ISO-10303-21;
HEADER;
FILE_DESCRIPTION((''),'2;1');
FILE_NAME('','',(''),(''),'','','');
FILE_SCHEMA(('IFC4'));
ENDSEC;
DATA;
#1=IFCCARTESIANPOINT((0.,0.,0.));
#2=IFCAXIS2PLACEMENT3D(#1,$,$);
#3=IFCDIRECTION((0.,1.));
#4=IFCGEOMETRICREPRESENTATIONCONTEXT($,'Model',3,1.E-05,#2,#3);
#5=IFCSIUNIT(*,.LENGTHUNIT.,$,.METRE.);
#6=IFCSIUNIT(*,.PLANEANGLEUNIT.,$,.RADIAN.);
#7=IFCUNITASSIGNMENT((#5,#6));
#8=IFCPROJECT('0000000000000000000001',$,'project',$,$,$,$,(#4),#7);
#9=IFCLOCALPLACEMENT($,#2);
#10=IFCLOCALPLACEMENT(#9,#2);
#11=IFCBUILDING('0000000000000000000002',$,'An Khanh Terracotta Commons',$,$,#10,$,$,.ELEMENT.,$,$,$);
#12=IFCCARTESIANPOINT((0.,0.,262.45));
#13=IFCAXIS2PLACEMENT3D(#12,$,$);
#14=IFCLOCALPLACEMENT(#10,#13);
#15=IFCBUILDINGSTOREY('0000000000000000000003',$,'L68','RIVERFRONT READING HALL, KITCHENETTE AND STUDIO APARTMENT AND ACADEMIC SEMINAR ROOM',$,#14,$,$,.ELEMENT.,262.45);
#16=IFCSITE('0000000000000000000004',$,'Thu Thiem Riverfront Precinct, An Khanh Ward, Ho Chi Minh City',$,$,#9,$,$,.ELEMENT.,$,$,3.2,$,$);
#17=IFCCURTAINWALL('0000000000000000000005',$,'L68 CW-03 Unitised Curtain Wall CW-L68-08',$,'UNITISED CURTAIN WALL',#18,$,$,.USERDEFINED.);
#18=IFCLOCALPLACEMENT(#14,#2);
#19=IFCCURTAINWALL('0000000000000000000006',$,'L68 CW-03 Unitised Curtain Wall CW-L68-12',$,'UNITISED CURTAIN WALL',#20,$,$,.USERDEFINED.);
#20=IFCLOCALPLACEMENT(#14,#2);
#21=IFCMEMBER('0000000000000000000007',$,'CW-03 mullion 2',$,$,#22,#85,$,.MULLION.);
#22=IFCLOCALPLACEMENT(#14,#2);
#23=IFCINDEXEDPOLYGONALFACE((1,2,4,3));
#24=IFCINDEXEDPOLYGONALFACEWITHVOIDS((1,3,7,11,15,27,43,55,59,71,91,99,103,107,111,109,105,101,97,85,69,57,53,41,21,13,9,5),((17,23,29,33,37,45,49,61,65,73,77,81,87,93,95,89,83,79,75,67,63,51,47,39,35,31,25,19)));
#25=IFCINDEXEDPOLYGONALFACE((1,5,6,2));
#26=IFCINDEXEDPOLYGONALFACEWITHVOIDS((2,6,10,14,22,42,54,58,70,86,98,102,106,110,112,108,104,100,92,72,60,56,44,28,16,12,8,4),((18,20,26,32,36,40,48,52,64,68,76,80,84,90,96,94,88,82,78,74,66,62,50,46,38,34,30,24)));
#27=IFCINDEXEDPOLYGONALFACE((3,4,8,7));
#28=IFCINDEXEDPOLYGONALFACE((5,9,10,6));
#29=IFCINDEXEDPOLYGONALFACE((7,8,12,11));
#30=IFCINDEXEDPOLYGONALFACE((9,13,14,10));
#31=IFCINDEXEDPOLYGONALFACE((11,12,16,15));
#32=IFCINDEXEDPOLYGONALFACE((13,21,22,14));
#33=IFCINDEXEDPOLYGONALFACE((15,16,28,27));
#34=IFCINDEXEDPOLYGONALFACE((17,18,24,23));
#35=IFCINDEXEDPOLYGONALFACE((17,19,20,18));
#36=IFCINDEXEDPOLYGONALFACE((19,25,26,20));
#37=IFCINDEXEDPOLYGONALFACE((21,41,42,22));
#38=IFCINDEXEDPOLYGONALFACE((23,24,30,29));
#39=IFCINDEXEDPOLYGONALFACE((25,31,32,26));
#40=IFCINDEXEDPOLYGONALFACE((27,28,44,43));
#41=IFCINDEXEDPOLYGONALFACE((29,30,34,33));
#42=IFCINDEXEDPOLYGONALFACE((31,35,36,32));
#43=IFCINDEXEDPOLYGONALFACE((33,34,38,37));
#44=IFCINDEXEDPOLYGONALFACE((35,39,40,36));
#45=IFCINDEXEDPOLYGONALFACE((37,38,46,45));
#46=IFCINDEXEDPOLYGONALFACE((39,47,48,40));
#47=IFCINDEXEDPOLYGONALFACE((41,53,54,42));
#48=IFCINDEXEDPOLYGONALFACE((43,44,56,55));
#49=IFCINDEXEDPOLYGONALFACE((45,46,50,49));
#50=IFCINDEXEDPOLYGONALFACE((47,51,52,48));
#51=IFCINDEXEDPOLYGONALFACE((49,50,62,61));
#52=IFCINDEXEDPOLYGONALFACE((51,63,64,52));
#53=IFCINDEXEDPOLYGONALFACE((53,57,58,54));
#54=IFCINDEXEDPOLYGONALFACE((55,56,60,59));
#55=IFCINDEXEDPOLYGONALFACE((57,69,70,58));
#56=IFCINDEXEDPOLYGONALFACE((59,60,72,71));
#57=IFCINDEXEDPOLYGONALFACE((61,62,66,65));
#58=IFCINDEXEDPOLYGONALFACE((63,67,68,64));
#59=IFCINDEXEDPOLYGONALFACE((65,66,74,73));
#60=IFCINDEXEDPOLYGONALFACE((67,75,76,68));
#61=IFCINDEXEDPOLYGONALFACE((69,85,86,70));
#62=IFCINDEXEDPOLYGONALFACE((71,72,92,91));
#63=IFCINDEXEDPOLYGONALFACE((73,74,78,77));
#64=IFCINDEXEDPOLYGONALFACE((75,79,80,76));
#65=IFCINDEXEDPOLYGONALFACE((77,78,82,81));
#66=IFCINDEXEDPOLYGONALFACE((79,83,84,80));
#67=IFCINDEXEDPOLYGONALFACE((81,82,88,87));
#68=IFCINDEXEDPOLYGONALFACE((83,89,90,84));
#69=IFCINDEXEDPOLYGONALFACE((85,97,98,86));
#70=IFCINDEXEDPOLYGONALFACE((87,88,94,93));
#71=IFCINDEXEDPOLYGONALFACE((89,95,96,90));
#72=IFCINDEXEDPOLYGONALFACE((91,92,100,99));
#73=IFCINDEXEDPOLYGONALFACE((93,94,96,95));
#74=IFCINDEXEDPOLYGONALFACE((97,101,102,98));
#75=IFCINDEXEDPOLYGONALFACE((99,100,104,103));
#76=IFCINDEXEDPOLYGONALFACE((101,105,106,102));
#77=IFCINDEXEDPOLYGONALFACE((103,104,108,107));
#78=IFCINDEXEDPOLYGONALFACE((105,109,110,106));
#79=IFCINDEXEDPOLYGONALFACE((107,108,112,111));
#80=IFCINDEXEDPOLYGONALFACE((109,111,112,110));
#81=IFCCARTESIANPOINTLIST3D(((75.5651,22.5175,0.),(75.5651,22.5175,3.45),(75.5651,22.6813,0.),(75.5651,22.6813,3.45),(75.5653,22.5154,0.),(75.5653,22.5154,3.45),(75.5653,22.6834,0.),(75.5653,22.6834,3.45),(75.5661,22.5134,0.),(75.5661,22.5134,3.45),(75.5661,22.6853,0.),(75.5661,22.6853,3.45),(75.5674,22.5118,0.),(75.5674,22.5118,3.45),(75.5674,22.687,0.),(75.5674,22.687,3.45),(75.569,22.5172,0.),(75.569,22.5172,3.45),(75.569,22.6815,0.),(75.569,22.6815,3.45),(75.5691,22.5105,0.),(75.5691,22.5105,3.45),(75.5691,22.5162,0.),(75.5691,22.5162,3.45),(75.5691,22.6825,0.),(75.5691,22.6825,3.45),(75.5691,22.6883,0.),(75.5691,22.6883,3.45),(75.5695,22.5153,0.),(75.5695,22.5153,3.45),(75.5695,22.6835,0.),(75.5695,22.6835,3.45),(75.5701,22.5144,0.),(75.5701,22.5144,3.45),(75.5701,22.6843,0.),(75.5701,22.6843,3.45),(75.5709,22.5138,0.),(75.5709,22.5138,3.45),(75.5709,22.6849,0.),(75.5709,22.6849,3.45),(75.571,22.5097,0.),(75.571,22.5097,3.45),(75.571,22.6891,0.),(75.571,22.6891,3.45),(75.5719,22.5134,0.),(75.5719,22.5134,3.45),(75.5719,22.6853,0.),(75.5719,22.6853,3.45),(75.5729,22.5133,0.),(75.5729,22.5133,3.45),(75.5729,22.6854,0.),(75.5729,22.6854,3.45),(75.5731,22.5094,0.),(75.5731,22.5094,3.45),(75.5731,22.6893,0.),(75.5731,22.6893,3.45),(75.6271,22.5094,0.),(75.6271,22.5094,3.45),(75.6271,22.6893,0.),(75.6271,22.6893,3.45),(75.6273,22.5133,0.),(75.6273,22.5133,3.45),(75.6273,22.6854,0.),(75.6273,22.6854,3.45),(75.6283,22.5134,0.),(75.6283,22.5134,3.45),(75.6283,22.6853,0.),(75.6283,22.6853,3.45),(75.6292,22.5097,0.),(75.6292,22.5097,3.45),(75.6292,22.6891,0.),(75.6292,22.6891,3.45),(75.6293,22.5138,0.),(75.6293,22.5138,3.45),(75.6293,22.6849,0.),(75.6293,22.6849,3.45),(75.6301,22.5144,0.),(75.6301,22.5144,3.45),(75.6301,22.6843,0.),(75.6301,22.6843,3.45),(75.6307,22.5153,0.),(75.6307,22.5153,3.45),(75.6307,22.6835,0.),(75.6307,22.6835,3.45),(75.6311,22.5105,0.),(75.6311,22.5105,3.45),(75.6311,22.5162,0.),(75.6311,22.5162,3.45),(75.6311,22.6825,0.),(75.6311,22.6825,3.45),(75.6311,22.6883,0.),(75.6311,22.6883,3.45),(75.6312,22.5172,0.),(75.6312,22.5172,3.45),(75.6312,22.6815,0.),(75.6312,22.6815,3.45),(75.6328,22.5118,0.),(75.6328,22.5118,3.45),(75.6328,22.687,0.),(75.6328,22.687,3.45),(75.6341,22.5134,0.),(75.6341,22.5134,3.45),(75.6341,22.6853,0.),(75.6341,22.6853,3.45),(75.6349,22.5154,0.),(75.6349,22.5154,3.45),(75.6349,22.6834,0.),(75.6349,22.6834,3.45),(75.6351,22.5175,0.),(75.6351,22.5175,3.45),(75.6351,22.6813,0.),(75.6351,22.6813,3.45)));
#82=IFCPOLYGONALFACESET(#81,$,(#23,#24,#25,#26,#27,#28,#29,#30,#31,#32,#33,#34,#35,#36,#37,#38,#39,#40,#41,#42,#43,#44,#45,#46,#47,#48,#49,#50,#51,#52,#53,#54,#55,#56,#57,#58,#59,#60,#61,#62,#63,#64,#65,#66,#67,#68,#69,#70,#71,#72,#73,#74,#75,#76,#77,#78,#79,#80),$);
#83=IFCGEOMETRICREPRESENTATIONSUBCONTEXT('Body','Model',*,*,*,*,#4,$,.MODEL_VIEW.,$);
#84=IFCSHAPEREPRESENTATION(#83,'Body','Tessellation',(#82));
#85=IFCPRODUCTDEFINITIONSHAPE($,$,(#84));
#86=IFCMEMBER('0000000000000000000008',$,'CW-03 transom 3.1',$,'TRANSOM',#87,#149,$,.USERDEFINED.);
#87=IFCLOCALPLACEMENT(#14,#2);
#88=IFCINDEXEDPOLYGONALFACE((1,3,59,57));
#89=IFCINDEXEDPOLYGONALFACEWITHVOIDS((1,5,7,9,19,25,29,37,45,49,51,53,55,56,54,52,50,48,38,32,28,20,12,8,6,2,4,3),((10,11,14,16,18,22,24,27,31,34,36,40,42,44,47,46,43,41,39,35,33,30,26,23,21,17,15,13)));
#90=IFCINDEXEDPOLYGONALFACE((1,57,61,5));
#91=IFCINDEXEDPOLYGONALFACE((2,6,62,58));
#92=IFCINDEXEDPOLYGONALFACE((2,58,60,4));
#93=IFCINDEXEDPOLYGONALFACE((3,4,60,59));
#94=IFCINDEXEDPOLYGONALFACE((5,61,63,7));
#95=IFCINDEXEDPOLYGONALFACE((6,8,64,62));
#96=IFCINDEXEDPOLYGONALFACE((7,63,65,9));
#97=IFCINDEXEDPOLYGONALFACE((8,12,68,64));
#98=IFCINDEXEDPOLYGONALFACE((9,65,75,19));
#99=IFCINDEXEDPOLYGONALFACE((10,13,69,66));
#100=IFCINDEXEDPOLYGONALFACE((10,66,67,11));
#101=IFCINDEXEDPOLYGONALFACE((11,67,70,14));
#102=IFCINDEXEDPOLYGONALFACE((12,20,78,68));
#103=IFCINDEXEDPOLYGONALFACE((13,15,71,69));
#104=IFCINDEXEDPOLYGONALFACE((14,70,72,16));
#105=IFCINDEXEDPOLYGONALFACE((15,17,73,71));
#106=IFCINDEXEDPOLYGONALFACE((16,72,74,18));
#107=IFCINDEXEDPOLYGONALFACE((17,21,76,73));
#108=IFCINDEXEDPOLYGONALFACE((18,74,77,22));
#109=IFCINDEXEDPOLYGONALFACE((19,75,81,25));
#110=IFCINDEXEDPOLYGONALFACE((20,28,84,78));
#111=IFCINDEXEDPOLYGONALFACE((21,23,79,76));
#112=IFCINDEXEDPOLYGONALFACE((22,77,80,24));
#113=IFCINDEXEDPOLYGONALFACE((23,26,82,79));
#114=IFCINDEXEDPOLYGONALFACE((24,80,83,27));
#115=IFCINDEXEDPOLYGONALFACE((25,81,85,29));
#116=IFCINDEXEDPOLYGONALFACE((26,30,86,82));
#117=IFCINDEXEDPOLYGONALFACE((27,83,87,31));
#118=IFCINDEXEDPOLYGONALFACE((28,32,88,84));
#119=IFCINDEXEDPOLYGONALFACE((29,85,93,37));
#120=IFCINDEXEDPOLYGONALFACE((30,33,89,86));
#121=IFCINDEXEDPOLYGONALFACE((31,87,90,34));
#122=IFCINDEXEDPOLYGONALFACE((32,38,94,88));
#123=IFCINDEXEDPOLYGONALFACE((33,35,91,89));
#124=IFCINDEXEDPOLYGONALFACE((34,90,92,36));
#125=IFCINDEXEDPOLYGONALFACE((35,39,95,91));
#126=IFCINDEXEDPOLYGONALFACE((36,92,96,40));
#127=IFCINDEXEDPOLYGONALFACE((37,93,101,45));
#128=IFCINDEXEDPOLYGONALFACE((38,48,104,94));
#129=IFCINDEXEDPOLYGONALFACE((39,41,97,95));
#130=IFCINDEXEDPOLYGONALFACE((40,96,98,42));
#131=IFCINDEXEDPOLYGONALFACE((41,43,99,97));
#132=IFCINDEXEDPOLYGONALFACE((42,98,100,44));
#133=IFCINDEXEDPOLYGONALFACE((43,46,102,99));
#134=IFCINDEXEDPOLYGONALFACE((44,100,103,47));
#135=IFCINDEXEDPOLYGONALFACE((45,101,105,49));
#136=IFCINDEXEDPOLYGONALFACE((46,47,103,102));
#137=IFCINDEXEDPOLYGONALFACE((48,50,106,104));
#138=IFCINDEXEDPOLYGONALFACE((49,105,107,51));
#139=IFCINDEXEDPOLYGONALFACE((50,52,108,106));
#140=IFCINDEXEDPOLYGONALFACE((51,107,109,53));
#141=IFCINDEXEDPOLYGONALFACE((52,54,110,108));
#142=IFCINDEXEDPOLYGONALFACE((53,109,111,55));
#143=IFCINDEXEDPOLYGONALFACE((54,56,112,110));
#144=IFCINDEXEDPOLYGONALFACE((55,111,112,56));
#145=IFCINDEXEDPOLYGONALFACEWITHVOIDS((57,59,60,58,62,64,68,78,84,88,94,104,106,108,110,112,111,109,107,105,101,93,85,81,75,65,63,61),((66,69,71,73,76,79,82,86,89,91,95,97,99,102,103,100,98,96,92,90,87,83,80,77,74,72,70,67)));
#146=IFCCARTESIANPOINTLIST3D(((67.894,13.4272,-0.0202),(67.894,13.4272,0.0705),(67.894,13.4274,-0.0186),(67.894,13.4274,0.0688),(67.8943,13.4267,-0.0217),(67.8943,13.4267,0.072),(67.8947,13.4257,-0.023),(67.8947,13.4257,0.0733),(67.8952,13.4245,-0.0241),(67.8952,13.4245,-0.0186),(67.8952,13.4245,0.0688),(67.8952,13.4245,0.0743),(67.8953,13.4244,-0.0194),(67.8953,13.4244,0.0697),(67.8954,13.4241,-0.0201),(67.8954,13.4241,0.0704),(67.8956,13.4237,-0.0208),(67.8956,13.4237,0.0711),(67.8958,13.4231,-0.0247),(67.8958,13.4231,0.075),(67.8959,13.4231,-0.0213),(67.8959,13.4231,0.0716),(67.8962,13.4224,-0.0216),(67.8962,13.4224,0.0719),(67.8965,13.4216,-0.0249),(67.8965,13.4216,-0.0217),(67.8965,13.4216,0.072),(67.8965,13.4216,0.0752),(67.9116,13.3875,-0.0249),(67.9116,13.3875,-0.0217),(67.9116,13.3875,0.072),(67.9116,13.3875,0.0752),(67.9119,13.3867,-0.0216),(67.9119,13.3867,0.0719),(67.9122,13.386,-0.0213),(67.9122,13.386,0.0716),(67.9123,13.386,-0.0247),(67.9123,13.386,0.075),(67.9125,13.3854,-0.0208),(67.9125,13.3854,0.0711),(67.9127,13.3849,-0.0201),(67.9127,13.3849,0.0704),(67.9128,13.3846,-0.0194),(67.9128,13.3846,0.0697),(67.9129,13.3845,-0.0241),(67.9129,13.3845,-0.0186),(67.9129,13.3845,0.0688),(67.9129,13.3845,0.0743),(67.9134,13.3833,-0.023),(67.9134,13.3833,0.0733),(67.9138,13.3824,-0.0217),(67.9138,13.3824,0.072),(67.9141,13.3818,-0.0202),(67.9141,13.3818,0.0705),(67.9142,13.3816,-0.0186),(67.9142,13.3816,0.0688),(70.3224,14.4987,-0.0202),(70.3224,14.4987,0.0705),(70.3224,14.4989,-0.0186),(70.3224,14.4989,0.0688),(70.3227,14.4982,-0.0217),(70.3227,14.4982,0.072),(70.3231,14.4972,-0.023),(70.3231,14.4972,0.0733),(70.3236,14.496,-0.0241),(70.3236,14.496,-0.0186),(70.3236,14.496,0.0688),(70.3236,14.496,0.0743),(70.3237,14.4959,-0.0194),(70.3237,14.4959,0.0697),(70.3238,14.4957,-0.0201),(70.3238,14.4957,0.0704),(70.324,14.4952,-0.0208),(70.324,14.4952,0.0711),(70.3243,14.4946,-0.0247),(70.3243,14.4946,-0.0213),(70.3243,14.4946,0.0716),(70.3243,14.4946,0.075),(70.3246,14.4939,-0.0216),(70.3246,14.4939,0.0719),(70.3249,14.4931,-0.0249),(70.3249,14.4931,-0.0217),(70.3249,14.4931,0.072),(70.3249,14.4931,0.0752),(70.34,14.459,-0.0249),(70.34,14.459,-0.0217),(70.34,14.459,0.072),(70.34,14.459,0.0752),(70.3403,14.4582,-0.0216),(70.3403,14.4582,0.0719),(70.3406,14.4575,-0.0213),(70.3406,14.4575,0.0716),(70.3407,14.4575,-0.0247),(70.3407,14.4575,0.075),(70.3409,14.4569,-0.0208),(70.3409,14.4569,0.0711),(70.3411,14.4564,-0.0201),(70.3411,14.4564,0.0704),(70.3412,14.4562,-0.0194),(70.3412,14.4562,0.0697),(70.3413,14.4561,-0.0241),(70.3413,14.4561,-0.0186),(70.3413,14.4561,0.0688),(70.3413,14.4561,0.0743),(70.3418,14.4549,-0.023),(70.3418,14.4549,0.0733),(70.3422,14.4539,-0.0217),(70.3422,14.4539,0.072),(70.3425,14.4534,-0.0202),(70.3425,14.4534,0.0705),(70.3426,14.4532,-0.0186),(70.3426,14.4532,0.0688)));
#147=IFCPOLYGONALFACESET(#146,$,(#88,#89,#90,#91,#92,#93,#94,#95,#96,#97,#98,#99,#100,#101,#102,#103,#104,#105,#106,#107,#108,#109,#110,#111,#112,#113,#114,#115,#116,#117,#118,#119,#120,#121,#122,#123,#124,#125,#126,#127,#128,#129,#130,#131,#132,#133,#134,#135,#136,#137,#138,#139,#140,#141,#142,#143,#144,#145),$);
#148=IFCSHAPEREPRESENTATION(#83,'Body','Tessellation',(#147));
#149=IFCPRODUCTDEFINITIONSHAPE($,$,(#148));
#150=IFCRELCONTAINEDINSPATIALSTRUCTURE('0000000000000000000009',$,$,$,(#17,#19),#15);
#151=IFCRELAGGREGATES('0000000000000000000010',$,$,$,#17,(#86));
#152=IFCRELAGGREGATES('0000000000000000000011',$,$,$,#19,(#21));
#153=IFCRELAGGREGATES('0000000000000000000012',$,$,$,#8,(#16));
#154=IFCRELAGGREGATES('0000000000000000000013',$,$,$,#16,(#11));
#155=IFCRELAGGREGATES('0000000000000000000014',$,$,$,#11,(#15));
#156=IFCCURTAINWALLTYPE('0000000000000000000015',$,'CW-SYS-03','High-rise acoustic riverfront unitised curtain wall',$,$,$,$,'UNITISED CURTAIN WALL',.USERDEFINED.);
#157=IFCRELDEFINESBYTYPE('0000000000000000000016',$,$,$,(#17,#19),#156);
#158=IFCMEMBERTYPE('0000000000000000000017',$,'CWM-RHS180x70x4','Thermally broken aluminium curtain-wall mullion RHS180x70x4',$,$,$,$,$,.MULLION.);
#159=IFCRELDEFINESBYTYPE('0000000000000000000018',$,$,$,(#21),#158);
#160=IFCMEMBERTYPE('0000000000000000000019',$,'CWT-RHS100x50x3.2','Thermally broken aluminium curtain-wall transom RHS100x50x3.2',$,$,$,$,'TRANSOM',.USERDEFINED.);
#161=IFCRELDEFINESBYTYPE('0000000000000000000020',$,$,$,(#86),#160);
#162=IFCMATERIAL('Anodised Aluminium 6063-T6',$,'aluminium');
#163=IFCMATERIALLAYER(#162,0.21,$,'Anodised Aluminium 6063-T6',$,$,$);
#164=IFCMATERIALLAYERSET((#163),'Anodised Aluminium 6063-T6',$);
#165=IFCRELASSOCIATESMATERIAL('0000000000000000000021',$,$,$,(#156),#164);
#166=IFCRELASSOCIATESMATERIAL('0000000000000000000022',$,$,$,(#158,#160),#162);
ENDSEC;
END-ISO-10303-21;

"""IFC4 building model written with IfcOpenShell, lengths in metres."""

from ifc_helpers import new_model, si_unit, direction, frame, origin, origin_2d, place, context, subcontext, project, spatial, hollow_rectangle, extrude, material, layer, layer_set, material_profile, profile_set, type_object, element, aggregate, save


model = new_model("IFC4")

# Units and contexts
model_context = context("Model", 3, precision=1e-05, world=origin(), true_north=direction((0.0, 1.0)))
body_context = subcontext(model_context, "Body", "Model", "MODEL_VIEW")
ifc_project = project(units=[si_unit("LENGTHUNIT", "METRE"), si_unit("PLANEANGLEUNIT", "RADIAN")], contexts=[model_context])

# Site, building, storey
site_placement = place(None, origin())
site = spatial("IfcSite", under=ifc_project, at=site_placement, Name="Thu Thiem Riverfront Precinct, An Khanh Ward, Ho Chi Minh City", CompositionType="ELEMENT", RefElevation=3.2)
building_placement = place(site_placement, origin())
building = spatial("IfcBuilding", under=site, at=building_placement, Name="An Khanh Terracotta Commons", CompositionType="ELEMENT")
storey_placement = place(building_placement, frame((0.0, 0.0, 262.45)))
storey = spatial("IfcBuildingStorey", under=building, at=storey_placement, Name="L68", Description="RIVERFRONT READING HALL, KITCHENETTE AND STUDIO APARTMENT AND ACADEMIC SEMINAR ROOM", CompositionType="ELEMENT", Elevation=262.45)

# Curtain walls, member
ifc_material_1 = material(Name="Anodised Aluminium 6063-T6", Category="aluminium")
ifc_layer_1 = layer(ifc_material_1, 0.21, Name="Anodised Aluminium 6063-T6")
ifc_layer_set_1 = layer_set([ifc_layer_1], Name="Anodised Aluminium 6063-T6")
curtain_wall_type = type_object("IfcCurtainWallType", Name="CW-SYS-03", Description="High-rise acoustic riverfront unitised curtain wall", ElementType="UNITISED CURTAIN WALL", PredefinedType="USERDEFINED", material=ifc_layer_set_1)
curtain_wall_1_placement = place(storey_placement, origin())
curtain_wall_1 = element("IfcCurtainWall", 1, at=curtain_wall_1_placement, inside=storey, type_object=curtain_wall_type, Name="L68 CW-03 Unitised Curtain Wall CW-L68-08", ObjectType="UNITISED CURTAIN WALL", PredefinedType="USERDEFINED")
ifc_material_profile_1 = material_profile(ifc_material_1, hollow_rectangle(XDim=0.0701, YDim=0.1799, WallThickness=0.0039, InnerFilletRadius=0.0039, OuterFilletRadius=0.0081, at=origin_2d()), Name="RHS180x70x4")
ifc_profile_set_1 = profile_set([ifc_material_profile_1], Name="Anodised Aluminium 6063-T6")
member_type_1 = type_object("IfcMemberType", Name="CWM-RHS180x70x4", Description="Thermally broken aluminium curtain-wall mullion RHS180x70x4", PredefinedType="MULLION", material=ifc_profile_set_1)
curtain_wall_2_placement = place(storey_placement, origin())
curtain_wall_2 = element("IfcCurtainWall", 2, at=curtain_wall_2_placement, inside=storey, type_object=curtain_wall_type, Name="L68 CW-03 Unitised Curtain Wall CW-L68-12", ObjectType="UNITISED CURTAIN WALL", PredefinedType="USERDEFINED")
member_1_placement = place(storey_placement, frame((75.6001, 22.5994, 0.0), z_axis=(0.0, 0.0, 1.0), x_axis=(-1.0, 0.0, 0.0)))
member_1 = element("IfcMember", 3, at=member_1_placement, type_object=member_type_1, Name="CW-03 mullion 2", PredefinedType="MULLION", context=body_context, shape_type="SweptSolid", body=[
    extrude(hollow_rectangle(XDim=0.0701, YDim=0.1799, WallThickness=0.0039, InnerFilletRadius=0.0039, OuterFilletRadius=0.0081, at=origin_2d()), origin(), (0.0, 0.0, 1.0), 3.45),
])

# Member
ifc_material_profile_2 = material_profile(ifc_material_1, hollow_rectangle(XDim=0.05, YDim=0.1001, WallThickness=0.0032, InnerFilletRadius=0.0032, OuterFilletRadius=0.0063, at=origin_2d()), Name="RHS100x50x3.2")
ifc_profile_set_2 = profile_set([ifc_material_profile_2], Name="Anodised Aluminium 6063-T6")
member_type_2 = type_object("IfcMemberType", Name="CWT-RHS100x50x3.2", Description="Thermally broken aluminium curtain-wall transom RHS100x50x3.2", ElementType="TRANSOM", PredefinedType="USERDEFINED", material=ifc_profile_set_2)
member_2_placement = place(storey_placement, frame((67.9041, 13.4045, 0.0251), z_axis=(0.914897, 0.403688, 0.0), x_axis=(-0.403688, 0.914897, 0.0)))
member_2 = element("IfcMember", 4, at=member_2_placement, type_object=member_type_2, Name="CW-03 transom 3.1", ObjectType="TRANSOM", PredefinedType="USERDEFINED", context=body_context, shape_type="SweptSolid", body=[
    extrude(hollow_rectangle(XDim=0.05, YDim=0.1001, WallThickness=0.0032, InnerFilletRadius=0.0032, OuterFilletRadius=0.0063, at=origin_2d()), origin(), (0.0, 0.0, 1.0), 2.6543),
])

aggregate(curtain_wall_1, [member_2])
aggregate(curtain_wall_2, [member_1])

save(model, "model.ifc")
